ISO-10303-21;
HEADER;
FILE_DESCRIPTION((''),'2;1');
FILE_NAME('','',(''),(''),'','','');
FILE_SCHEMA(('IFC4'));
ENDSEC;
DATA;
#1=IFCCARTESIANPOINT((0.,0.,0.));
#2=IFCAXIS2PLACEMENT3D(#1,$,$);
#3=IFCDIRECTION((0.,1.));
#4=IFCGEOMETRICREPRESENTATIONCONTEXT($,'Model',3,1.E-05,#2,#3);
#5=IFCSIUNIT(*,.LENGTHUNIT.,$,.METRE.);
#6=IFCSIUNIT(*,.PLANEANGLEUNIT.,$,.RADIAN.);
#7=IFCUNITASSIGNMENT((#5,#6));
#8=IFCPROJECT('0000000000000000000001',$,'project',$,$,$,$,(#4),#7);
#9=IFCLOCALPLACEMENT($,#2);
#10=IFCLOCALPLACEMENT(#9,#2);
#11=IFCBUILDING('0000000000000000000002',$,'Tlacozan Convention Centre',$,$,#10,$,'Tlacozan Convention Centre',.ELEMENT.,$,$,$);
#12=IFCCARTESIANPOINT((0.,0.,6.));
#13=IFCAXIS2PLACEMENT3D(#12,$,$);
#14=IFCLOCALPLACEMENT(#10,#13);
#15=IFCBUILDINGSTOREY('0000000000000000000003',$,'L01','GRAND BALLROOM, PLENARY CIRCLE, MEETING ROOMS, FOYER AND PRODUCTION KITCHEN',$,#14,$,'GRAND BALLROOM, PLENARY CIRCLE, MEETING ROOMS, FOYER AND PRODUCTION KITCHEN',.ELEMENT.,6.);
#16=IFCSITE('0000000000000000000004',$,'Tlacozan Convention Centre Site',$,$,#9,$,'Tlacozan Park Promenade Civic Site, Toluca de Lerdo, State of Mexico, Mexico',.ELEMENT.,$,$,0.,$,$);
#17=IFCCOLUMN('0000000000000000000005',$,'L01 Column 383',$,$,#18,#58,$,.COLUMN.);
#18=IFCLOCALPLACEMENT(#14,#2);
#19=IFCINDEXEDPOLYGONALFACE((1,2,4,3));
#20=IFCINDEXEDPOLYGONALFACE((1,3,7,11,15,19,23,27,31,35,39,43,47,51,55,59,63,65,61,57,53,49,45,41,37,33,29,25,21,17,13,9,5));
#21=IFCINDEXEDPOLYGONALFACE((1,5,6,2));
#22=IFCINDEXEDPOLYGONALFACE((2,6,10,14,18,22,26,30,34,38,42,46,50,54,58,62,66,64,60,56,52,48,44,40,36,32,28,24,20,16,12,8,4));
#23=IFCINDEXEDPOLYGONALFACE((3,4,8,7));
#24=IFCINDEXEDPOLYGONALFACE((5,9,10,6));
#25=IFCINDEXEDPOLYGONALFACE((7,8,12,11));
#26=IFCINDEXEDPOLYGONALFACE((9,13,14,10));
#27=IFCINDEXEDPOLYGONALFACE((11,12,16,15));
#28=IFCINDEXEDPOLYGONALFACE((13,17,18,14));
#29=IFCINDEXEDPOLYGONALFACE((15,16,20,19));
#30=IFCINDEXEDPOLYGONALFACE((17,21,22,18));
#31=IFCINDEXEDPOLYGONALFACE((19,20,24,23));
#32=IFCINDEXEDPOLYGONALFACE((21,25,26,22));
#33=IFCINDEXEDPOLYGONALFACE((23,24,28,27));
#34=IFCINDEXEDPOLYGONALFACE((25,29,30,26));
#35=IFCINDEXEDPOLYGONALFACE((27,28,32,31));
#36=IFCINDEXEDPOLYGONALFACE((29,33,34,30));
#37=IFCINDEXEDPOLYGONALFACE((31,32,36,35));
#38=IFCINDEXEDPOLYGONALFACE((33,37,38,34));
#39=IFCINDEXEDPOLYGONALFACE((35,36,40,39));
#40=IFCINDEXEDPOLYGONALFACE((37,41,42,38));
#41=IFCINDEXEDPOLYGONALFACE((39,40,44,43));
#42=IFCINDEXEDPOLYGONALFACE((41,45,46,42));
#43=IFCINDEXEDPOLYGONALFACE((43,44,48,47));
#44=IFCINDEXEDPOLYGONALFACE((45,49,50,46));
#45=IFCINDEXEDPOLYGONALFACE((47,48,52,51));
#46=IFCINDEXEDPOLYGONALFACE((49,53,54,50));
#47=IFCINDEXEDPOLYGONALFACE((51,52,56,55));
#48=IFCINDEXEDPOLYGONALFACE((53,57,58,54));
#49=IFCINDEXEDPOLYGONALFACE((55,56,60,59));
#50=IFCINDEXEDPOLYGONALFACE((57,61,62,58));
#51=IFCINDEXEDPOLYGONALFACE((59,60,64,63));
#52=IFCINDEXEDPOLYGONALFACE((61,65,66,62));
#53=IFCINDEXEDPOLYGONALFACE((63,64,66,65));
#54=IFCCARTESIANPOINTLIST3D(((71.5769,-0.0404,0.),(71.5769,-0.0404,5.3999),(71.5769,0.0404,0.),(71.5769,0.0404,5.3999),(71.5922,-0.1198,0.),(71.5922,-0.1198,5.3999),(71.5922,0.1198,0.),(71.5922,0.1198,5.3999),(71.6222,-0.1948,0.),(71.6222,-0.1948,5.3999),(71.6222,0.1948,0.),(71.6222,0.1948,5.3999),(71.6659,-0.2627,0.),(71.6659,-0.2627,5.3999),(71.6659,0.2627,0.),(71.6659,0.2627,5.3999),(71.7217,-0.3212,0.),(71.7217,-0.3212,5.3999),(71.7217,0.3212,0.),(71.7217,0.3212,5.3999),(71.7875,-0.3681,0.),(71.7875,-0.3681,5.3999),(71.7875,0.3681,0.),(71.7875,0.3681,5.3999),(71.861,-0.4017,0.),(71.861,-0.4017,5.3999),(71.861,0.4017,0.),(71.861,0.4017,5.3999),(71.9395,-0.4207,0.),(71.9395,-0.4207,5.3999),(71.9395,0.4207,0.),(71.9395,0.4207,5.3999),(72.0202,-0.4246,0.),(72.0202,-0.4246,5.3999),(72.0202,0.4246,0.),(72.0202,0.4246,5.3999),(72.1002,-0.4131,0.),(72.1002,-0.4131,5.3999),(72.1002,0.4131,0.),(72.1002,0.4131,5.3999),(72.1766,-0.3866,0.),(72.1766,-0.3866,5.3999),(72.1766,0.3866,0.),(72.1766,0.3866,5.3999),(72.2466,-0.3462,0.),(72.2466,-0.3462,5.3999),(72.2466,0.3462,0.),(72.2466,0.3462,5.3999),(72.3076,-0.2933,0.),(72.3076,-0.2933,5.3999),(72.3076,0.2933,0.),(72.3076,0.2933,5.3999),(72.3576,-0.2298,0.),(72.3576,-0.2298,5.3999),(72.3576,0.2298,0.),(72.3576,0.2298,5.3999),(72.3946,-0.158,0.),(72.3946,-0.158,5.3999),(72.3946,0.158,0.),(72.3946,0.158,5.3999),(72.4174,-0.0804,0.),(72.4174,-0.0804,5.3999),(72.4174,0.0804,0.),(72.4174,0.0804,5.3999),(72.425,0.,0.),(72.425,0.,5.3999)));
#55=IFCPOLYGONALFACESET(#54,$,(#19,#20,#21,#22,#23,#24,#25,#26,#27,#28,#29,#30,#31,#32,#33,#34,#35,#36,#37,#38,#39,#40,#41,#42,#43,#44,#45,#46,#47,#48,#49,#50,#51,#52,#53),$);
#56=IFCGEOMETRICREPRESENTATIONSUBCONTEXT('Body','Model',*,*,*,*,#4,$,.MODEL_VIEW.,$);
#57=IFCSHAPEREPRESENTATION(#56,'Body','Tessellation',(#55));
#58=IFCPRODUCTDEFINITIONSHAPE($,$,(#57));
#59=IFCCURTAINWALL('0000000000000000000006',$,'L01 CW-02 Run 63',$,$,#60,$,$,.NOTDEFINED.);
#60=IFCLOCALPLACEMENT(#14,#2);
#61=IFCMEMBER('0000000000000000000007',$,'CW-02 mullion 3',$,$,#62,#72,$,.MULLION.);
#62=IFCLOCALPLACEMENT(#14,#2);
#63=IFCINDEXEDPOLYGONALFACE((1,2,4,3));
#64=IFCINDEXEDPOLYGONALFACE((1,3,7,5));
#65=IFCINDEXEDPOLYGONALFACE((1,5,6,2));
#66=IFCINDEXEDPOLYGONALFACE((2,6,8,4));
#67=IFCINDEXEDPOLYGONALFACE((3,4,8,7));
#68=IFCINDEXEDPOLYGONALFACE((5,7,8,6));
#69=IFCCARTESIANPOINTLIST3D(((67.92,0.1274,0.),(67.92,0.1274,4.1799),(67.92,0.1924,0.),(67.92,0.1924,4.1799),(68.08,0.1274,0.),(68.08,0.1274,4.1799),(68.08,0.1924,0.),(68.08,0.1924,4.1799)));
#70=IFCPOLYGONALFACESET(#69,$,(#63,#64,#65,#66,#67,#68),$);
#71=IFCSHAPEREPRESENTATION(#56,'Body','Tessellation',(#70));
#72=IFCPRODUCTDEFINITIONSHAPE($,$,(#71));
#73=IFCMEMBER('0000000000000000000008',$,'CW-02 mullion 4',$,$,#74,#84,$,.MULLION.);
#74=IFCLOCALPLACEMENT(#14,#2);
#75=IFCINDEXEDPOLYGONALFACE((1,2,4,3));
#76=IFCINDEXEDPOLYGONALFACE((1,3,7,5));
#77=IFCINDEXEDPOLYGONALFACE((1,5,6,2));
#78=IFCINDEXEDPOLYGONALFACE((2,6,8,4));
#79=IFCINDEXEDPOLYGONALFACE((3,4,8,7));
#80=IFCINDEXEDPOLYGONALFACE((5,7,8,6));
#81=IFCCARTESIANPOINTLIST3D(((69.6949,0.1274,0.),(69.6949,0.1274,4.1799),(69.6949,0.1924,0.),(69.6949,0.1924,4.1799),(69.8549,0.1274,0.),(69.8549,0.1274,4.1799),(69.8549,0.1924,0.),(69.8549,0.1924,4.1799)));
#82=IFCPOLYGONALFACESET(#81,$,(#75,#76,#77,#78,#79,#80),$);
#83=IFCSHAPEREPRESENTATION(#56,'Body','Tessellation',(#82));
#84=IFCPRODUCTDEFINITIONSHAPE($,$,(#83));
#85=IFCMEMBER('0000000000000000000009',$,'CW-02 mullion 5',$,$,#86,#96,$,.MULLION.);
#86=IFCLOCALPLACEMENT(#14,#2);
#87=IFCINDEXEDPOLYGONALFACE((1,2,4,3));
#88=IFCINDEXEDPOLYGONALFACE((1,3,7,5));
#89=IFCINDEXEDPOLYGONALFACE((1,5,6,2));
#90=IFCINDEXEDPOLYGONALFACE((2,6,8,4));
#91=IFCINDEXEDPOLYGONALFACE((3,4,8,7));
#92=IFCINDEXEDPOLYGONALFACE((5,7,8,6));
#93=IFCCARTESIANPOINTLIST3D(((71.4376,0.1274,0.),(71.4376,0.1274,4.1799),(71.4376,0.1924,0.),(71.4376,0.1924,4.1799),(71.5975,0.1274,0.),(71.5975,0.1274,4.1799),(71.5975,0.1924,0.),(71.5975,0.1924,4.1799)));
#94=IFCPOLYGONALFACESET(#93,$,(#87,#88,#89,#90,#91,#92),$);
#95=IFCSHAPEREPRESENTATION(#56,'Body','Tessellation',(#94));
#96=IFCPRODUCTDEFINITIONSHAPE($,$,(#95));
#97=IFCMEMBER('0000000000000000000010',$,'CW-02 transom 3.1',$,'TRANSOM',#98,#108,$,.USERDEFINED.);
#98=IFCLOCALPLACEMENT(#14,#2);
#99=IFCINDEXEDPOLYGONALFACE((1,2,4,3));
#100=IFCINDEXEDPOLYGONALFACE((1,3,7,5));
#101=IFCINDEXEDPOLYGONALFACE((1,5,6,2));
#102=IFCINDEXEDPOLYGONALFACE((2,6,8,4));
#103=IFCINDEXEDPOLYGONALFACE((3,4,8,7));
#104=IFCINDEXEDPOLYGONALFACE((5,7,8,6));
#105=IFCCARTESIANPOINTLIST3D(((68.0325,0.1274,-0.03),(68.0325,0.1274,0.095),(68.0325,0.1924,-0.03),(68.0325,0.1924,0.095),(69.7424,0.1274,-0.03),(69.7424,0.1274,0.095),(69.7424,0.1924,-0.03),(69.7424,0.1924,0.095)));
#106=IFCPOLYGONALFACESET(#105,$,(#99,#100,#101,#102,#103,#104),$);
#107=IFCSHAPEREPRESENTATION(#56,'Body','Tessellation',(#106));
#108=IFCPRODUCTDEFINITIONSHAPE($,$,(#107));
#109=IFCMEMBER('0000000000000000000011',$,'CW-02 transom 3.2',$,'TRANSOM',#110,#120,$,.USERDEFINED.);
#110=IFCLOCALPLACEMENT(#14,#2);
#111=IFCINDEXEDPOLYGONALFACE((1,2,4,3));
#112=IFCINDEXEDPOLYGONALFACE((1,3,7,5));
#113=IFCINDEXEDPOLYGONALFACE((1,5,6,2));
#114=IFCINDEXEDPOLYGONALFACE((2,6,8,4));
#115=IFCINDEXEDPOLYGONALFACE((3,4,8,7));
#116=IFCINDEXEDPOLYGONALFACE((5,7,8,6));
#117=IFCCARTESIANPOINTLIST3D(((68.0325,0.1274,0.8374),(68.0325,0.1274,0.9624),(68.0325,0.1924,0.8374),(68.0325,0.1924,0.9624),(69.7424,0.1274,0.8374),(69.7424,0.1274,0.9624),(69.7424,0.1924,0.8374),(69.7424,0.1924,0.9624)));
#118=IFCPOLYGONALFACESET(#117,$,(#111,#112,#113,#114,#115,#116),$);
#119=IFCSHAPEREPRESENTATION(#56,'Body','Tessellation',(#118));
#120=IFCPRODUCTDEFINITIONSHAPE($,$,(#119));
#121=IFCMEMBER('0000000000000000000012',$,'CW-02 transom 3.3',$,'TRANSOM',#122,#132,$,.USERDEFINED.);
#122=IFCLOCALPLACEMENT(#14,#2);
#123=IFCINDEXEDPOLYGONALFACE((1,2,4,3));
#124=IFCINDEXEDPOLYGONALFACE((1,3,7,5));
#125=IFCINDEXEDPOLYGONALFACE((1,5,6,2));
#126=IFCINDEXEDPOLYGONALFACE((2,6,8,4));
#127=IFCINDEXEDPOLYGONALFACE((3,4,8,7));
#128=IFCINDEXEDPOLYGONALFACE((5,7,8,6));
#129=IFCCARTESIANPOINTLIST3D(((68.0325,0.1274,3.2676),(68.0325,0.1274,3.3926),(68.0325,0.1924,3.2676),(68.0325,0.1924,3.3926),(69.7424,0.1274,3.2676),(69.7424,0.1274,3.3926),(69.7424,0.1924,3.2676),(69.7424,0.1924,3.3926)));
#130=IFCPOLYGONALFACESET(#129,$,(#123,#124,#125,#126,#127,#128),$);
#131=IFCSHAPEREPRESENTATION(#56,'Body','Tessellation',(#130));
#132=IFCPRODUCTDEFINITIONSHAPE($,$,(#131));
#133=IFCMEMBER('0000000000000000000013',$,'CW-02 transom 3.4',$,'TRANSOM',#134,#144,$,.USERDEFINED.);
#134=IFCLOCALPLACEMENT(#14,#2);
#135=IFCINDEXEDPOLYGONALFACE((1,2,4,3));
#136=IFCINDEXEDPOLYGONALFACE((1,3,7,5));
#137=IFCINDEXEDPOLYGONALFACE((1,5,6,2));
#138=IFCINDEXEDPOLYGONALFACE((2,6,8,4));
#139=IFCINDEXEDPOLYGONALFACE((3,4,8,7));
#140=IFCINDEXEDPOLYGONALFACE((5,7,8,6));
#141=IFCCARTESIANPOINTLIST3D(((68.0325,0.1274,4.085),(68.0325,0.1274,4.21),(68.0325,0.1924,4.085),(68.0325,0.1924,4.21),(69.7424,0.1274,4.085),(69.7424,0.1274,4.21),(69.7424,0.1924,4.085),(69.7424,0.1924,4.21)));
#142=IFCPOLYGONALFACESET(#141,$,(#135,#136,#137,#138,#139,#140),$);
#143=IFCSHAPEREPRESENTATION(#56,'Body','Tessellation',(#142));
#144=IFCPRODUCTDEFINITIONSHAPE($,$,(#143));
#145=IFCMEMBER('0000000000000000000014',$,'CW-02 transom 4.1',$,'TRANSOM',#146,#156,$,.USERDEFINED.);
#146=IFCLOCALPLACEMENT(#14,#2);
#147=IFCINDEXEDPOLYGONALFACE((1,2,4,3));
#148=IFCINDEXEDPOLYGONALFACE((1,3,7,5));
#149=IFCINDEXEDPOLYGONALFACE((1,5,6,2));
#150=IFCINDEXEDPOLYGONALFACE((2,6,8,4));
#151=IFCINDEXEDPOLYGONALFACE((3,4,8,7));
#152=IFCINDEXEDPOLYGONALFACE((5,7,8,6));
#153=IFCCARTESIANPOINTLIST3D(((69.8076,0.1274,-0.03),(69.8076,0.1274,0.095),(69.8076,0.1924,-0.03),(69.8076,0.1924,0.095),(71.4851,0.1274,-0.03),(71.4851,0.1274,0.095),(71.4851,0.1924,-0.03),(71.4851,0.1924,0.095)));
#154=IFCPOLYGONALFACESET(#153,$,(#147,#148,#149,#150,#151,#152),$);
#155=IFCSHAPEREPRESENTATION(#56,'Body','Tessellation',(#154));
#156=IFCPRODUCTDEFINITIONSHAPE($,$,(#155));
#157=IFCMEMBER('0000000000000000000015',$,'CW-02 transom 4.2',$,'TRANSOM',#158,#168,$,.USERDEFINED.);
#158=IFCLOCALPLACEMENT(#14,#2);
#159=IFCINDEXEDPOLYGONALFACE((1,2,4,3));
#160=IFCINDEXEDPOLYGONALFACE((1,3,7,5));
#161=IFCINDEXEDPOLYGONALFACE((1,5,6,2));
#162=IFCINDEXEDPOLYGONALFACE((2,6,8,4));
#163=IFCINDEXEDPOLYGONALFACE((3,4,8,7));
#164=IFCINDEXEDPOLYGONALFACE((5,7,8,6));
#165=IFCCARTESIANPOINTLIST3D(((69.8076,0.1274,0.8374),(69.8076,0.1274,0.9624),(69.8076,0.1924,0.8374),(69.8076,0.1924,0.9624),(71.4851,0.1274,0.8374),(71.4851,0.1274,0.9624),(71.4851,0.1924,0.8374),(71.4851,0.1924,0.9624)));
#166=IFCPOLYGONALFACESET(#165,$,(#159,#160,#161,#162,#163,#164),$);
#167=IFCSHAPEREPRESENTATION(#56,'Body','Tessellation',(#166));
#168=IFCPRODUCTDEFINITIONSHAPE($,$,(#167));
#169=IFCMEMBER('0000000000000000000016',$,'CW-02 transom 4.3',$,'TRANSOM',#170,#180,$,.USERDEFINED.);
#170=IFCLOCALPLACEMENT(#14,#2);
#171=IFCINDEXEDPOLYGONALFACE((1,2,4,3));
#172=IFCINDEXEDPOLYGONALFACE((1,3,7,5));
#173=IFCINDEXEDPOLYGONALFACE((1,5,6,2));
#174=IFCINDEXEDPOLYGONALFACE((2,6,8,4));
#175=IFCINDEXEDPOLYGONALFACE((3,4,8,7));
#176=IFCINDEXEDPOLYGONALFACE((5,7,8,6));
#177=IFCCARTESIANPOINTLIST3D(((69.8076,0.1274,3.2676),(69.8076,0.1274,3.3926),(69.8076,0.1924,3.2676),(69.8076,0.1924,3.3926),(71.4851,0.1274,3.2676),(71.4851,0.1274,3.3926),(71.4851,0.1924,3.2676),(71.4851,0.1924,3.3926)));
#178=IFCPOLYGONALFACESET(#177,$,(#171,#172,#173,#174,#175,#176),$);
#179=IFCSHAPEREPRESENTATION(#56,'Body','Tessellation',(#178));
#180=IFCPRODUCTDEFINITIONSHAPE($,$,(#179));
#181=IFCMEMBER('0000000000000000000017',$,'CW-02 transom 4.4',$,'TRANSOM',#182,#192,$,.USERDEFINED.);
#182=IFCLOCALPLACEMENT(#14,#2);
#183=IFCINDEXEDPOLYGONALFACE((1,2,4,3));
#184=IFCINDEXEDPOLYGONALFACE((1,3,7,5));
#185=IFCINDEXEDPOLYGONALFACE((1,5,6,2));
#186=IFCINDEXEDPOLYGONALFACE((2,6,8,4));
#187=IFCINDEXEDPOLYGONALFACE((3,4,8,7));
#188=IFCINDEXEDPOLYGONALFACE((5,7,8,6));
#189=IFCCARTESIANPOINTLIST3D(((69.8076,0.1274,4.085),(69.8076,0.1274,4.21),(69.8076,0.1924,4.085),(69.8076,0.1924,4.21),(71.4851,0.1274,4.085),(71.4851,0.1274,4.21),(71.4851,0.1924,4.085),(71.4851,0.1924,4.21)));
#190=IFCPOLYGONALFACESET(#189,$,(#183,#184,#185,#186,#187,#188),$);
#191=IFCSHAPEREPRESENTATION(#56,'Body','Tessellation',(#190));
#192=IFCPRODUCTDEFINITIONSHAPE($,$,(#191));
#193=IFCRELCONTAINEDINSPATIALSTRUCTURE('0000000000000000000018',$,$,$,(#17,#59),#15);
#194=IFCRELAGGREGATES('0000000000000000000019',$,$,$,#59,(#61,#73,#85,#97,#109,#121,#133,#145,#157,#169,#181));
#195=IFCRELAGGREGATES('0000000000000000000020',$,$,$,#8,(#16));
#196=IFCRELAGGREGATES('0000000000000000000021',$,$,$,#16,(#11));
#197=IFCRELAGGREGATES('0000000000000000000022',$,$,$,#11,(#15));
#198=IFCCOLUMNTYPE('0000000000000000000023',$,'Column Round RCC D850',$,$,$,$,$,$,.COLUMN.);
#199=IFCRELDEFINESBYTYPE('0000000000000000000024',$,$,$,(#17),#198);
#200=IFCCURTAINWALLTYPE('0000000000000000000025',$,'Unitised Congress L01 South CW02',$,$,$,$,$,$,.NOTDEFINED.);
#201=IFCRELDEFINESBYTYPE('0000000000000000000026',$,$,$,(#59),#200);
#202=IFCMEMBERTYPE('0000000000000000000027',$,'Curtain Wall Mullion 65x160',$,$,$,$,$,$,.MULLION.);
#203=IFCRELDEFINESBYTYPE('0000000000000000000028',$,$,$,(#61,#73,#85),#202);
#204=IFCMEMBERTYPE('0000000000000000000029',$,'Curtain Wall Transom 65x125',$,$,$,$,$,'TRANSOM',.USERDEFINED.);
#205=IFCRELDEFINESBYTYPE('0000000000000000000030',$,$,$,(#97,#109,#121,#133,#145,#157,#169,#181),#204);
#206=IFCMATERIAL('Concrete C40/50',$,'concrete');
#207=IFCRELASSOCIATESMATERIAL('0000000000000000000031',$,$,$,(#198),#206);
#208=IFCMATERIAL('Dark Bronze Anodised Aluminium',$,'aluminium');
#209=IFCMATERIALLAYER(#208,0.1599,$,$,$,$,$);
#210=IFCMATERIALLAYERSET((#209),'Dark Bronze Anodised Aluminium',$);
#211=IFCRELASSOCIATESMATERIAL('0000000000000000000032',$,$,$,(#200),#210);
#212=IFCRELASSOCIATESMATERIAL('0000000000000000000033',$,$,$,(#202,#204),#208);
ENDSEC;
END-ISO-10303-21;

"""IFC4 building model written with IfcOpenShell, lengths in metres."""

from ifc_helpers import new_model, si_unit, direction, frame, origin, origin_2d, place, context, subcontext, project, spatial, rectangle, circle, extrude, material, layer, layer_set, material_profile, profile_set, type_object, element, aggregate, save


model = new_model("IFC4")

# Units and contexts
model_context = context("Model", 3, precision=1e-05, world=origin(), true_north=direction((0.0, 1.0)))
body_context = subcontext(model_context, "Body", "Model", "MODEL_VIEW")
ifc_project = project(units=[si_unit("LENGTHUNIT", "METRE"), si_unit("PLANEANGLEUNIT", "RADIAN")], contexts=[model_context])

# Site, building, storey
site_placement = place(None, origin())
site = spatial("IfcSite", under=ifc_project, at=site_placement, Name="Tlacozan Convention Centre Site", LongName="Tlacozan Park Promenade Civic Site, Toluca de Lerdo, State of Mexico, Mexico", CompositionType="ELEMENT", RefElevation=0.0)
building_placement = place(site_placement, origin())
building = spatial("IfcBuilding", under=site, at=building_placement, Name="Tlacozan Convention Centre", LongName="Tlacozan Convention Centre", CompositionType="ELEMENT")
storey_placement = place(building_placement, frame((0.0, 0.0, 6.0)))
storey = spatial("IfcBuildingStorey", under=building, at=storey_placement, Name="L01", Description="GRAND BALLROOM, PLENARY CIRCLE, MEETING ROOMS, FOYER AND PRODUCTION KITCHEN", LongName="GRAND BALLROOM, PLENARY CIRCLE, MEETING ROOMS, FOYER AND PRODUCTION KITCHEN", CompositionType="ELEMENT", Elevation=6.0)

# Column
ifc_material_1 = material(Name="Concrete C40/50", Category="concrete")
ifc_material_profile_1 = material_profile(ifc_material_1, circle(Radius=0.425, at=origin_2d()), Name="RCC D850")
ifc_profile_set_1 = profile_set([ifc_material_profile_1], Name="Concrete C40/50")
column_type = type_object("IfcColumnType", Name="Column Round RCC D850", PredefinedType="COLUMN", material=ifc_profile_set_1)
column_placement = place(storey_placement, frame((72.0, 0.0, 0.0), z_axis=(0.0, 0.0, 1.0), x_axis=(1.0, 0.0, 0.0)))
element("IfcColumn", 1, at=column_placement, inside=storey, type_object=column_type, Name="L01 Column 383", PredefinedType="COLUMN", context=body_context, shape_type="SweptSolid", body=[
    extrude(circle(Radius=0.425, at=origin_2d()), origin(), (0.0, 0.0, 1.0), 5.3999),
])

# Curtain wall, members
ifc_material_2 = material(Name="Dark Bronze Anodised Aluminium", Category="aluminium")
ifc_layer_1 = layer(ifc_material_2, 0.1599)
ifc_layer_set_1 = layer_set([ifc_layer_1], Name="Dark Bronze Anodised Aluminium")
curtain_wall_type = type_object("IfcCurtainWallType", Name="Unitised Congress L01 South CW02", PredefinedType="NOTDEFINED", material=ifc_layer_set_1)
curtain_wall_placement = place(storey_placement, origin())
curtain_wall = element("IfcCurtainWall", 2, at=curtain_wall_placement, inside=storey, type_object=curtain_wall_type, Name="L01 CW-02 Run 63", PredefinedType="NOTDEFINED")
ifc_material_profile_2 = material_profile(ifc_material_2, rectangle(XDim=0.0649, YDim=0.1599, at=origin_2d()), Name="ALU 65x160")
ifc_profile_set_2 = profile_set([ifc_material_profile_2], Name="Dark Bronze Anodised Aluminium")
member_type_1 = type_object("IfcMemberType", Name="Curtain Wall Mullion 65x160", PredefinedType="MULLION", material=ifc_profile_set_2)
member_1_placement = place(storey_placement, frame((68.0, 0.1599, 0.0), z_axis=(0.0, 0.0, 1.0), x_axis=(0.0, 1.0, 0.0)))
member_1 = element("IfcMember", 3, at=member_1_placement, type_object=member_type_1, Name="CW-02 mullion 3", PredefinedType="MULLION", context=body_context, shape_type="SweptSolid", body=[
    extrude(rectangle(XDim=0.0649, YDim=0.1599, at=origin_2d()), origin(), (0.0, 0.0, 1.0), 4.1799),
])
member_2_placement = place(storey_placement, frame((69.7749, 0.1599, 0.0), z_axis=(0.0, 0.0, 1.0), x_axis=(0.0, 1.0, 0.0)))
member_2 = element("IfcMember", 4, at=member_2_placement, type_object=member_type_1, Name="CW-02 mullion 4", PredefinedType="MULLION", context=body_context, shape_type="SweptSolid", body=[
    extrude(rectangle(XDim=0.0649, YDim=0.1599, at=origin_2d()), origin(), (0.0, 0.0, 1.0), 4.1799),
])
member_3_placement = place(storey_placement, frame((71.5176, 0.1599, 0.0), z_axis=(0.0, 0.0, 1.0), x_axis=(0.0, 1.0, 0.0)))
member_3 = element("IfcMember", 5, at=member_3_placement, type_object=member_type_1, Name="CW-02 mullion 5", PredefinedType="MULLION", context=body_context, shape_type="SweptSolid", body=[
    extrude(rectangle(XDim=0.0649, YDim=0.1599, at=origin_2d()), origin(), (0.0, 0.0, 1.0), 4.1799),
])
ifc_material_profile_3 = material_profile(ifc_material_2, rectangle(XDim=0.0649, YDim=0.125, at=origin_2d()), Name="ALU 65x125")
ifc_profile_set_3 = profile_set([ifc_material_profile_3], Name="Dark Bronze Anodised Aluminium")
member_type_2 = type_object("IfcMemberType", Name="Curtain Wall Transom 65x125", ElementType="TRANSOM", PredefinedType="USERDEFINED", material=ifc_profile_set_3)
member_4_placement = place(storey_placement, frame((68.0325, 0.1599, 0.0325), z_axis=(1.0, 0.0, 0.0), x_axis=(0.0, 1.0, 0.0)))
member_4 = element("IfcMember", 6, at=member_4_placement, type_object=member_type_2, Name="CW-02 transom 3.1", ObjectType="TRANSOM", PredefinedType="USERDEFINED", context=body_context, shape_type="SweptSolid", body=[
    extrude(rectangle(XDim=0.0649, YDim=0.125, at=origin_2d()), origin(), (0.0, 0.0, 1.0), 1.71),
])
member_5_placement = place(storey_placement, frame((68.0325, 0.1599, 0.8999), z_axis=(1.0, 0.0, 0.0), x_axis=(0.0, 1.0, 0.0)))
member_5 = element("IfcMember", 7, at=member_5_placement, type_object=member_type_2, Name="CW-02 transom 3.2", ObjectType="TRANSOM", PredefinedType="USERDEFINED", context=body_context, shape_type="SweptSolid", body=[
    extrude(rectangle(XDim=0.0649, YDim=0.125, at=origin_2d()), origin(), (0.0, 0.0, 1.0), 1.71),
])
member_6_placement = place(storey_placement, frame((68.0325, 0.1599, 3.3301), z_axis=(1.0, 0.0, 0.0), x_axis=(0.0, 1.0, 0.0)))
member_6 = element("IfcMember", 8, at=member_6_placement, type_object=member_type_2, Name="CW-02 transom 3.3", ObjectType="TRANSOM", PredefinedType="USERDEFINED", context=body_context, shape_type="SweptSolid", body=[
    extrude(rectangle(XDim=0.0649, YDim=0.125, at=origin_2d()), origin(), (0.0, 0.0, 1.0), 1.71),
])
member_7_placement = place(storey_placement, frame((68.0325, 0.1599, 4.1475), z_axis=(1.0, 0.0, 0.0), x_axis=(0.0, 1.0, 0.0)))
member_7 = element("IfcMember", 9, at=member_7_placement, type_object=member_type_2, Name="CW-02 transom 3.4", ObjectType="TRANSOM", PredefinedType="USERDEFINED", context=body_context, shape_type="SweptSolid", body=[
    extrude(rectangle(XDim=0.0649, YDim=0.125, at=origin_2d()), origin(), (0.0, 0.0, 1.0), 1.71),
])
member_8_placement = place(storey_placement, frame((69.8076, 0.1599, 0.0325), z_axis=(1.0, 0.0, 0.0), x_axis=(0.0, 1.0, 0.0)))
member_8 = element("IfcMember", 10, at=member_8_placement, type_object=member_type_2, Name="CW-02 transom 4.1", ObjectType="TRANSOM", PredefinedType="USERDEFINED", context=body_context, shape_type="SweptSolid", body=[
    extrude(rectangle(XDim=0.0649, YDim=0.125, at=origin_2d()), origin(), (0.0, 0.0, 1.0), 1.6775),
])
member_9_placement = place(storey_placement, frame((69.8076, 0.1599, 0.8999), z_axis=(1.0, 0.0, 0.0), x_axis=(0.0, 1.0, 0.0)))
member_9 = element("IfcMember", 11, at=member_9_placement, type_object=member_type_2, Name="CW-02 transom 4.2", ObjectType="TRANSOM", PredefinedType="USERDEFINED", context=body_context, shape_type="SweptSolid", body=[
    extrude(rectangle(XDim=0.0649, YDim=0.125, at=origin_2d()), origin(), (0.0, 0.0, 1.0), 1.6775),
])
member_10_placement = place(storey_placement, frame((69.8076, 0.1599, 3.3301), z_axis=(1.0, 0.0, 0.0), x_axis=(0.0, 1.0, 0.0)))
member_10 = element("IfcMember", 12, at=member_10_placement, type_object=member_type_2, Name="CW-02 transom 4.3", ObjectType="TRANSOM", PredefinedType="USERDEFINED", context=body_context, shape_type="SweptSolid", body=[
    extrude(rectangle(XDim=0.0649, YDim=0.125, at=origin_2d()), origin(), (0.0, 0.0, 1.0), 1.6775),
])
member_11_placement = place(storey_placement, frame((69.8076, 0.1599, 4.1475), z_axis=(1.0, 0.0, 0.0), x_axis=(0.0, 1.0, 0.0)))
member_11 = element("IfcMember", 13, at=member_11_placement, type_object=member_type_2, Name="CW-02 transom 4.4", ObjectType="TRANSOM", PredefinedType="USERDEFINED", context=body_context, shape_type="SweptSolid", body=[
    extrude(rectangle(XDim=0.0649, YDim=0.125, at=origin_2d()), origin(), (0.0, 0.0, 1.0), 1.6775),
])

aggregate(curtain_wall, [member_1, member_2, member_3, member_4, member_5, member_6, member_7, member_8, member_9, member_10, member_11])

save(model, "model.ifc")
